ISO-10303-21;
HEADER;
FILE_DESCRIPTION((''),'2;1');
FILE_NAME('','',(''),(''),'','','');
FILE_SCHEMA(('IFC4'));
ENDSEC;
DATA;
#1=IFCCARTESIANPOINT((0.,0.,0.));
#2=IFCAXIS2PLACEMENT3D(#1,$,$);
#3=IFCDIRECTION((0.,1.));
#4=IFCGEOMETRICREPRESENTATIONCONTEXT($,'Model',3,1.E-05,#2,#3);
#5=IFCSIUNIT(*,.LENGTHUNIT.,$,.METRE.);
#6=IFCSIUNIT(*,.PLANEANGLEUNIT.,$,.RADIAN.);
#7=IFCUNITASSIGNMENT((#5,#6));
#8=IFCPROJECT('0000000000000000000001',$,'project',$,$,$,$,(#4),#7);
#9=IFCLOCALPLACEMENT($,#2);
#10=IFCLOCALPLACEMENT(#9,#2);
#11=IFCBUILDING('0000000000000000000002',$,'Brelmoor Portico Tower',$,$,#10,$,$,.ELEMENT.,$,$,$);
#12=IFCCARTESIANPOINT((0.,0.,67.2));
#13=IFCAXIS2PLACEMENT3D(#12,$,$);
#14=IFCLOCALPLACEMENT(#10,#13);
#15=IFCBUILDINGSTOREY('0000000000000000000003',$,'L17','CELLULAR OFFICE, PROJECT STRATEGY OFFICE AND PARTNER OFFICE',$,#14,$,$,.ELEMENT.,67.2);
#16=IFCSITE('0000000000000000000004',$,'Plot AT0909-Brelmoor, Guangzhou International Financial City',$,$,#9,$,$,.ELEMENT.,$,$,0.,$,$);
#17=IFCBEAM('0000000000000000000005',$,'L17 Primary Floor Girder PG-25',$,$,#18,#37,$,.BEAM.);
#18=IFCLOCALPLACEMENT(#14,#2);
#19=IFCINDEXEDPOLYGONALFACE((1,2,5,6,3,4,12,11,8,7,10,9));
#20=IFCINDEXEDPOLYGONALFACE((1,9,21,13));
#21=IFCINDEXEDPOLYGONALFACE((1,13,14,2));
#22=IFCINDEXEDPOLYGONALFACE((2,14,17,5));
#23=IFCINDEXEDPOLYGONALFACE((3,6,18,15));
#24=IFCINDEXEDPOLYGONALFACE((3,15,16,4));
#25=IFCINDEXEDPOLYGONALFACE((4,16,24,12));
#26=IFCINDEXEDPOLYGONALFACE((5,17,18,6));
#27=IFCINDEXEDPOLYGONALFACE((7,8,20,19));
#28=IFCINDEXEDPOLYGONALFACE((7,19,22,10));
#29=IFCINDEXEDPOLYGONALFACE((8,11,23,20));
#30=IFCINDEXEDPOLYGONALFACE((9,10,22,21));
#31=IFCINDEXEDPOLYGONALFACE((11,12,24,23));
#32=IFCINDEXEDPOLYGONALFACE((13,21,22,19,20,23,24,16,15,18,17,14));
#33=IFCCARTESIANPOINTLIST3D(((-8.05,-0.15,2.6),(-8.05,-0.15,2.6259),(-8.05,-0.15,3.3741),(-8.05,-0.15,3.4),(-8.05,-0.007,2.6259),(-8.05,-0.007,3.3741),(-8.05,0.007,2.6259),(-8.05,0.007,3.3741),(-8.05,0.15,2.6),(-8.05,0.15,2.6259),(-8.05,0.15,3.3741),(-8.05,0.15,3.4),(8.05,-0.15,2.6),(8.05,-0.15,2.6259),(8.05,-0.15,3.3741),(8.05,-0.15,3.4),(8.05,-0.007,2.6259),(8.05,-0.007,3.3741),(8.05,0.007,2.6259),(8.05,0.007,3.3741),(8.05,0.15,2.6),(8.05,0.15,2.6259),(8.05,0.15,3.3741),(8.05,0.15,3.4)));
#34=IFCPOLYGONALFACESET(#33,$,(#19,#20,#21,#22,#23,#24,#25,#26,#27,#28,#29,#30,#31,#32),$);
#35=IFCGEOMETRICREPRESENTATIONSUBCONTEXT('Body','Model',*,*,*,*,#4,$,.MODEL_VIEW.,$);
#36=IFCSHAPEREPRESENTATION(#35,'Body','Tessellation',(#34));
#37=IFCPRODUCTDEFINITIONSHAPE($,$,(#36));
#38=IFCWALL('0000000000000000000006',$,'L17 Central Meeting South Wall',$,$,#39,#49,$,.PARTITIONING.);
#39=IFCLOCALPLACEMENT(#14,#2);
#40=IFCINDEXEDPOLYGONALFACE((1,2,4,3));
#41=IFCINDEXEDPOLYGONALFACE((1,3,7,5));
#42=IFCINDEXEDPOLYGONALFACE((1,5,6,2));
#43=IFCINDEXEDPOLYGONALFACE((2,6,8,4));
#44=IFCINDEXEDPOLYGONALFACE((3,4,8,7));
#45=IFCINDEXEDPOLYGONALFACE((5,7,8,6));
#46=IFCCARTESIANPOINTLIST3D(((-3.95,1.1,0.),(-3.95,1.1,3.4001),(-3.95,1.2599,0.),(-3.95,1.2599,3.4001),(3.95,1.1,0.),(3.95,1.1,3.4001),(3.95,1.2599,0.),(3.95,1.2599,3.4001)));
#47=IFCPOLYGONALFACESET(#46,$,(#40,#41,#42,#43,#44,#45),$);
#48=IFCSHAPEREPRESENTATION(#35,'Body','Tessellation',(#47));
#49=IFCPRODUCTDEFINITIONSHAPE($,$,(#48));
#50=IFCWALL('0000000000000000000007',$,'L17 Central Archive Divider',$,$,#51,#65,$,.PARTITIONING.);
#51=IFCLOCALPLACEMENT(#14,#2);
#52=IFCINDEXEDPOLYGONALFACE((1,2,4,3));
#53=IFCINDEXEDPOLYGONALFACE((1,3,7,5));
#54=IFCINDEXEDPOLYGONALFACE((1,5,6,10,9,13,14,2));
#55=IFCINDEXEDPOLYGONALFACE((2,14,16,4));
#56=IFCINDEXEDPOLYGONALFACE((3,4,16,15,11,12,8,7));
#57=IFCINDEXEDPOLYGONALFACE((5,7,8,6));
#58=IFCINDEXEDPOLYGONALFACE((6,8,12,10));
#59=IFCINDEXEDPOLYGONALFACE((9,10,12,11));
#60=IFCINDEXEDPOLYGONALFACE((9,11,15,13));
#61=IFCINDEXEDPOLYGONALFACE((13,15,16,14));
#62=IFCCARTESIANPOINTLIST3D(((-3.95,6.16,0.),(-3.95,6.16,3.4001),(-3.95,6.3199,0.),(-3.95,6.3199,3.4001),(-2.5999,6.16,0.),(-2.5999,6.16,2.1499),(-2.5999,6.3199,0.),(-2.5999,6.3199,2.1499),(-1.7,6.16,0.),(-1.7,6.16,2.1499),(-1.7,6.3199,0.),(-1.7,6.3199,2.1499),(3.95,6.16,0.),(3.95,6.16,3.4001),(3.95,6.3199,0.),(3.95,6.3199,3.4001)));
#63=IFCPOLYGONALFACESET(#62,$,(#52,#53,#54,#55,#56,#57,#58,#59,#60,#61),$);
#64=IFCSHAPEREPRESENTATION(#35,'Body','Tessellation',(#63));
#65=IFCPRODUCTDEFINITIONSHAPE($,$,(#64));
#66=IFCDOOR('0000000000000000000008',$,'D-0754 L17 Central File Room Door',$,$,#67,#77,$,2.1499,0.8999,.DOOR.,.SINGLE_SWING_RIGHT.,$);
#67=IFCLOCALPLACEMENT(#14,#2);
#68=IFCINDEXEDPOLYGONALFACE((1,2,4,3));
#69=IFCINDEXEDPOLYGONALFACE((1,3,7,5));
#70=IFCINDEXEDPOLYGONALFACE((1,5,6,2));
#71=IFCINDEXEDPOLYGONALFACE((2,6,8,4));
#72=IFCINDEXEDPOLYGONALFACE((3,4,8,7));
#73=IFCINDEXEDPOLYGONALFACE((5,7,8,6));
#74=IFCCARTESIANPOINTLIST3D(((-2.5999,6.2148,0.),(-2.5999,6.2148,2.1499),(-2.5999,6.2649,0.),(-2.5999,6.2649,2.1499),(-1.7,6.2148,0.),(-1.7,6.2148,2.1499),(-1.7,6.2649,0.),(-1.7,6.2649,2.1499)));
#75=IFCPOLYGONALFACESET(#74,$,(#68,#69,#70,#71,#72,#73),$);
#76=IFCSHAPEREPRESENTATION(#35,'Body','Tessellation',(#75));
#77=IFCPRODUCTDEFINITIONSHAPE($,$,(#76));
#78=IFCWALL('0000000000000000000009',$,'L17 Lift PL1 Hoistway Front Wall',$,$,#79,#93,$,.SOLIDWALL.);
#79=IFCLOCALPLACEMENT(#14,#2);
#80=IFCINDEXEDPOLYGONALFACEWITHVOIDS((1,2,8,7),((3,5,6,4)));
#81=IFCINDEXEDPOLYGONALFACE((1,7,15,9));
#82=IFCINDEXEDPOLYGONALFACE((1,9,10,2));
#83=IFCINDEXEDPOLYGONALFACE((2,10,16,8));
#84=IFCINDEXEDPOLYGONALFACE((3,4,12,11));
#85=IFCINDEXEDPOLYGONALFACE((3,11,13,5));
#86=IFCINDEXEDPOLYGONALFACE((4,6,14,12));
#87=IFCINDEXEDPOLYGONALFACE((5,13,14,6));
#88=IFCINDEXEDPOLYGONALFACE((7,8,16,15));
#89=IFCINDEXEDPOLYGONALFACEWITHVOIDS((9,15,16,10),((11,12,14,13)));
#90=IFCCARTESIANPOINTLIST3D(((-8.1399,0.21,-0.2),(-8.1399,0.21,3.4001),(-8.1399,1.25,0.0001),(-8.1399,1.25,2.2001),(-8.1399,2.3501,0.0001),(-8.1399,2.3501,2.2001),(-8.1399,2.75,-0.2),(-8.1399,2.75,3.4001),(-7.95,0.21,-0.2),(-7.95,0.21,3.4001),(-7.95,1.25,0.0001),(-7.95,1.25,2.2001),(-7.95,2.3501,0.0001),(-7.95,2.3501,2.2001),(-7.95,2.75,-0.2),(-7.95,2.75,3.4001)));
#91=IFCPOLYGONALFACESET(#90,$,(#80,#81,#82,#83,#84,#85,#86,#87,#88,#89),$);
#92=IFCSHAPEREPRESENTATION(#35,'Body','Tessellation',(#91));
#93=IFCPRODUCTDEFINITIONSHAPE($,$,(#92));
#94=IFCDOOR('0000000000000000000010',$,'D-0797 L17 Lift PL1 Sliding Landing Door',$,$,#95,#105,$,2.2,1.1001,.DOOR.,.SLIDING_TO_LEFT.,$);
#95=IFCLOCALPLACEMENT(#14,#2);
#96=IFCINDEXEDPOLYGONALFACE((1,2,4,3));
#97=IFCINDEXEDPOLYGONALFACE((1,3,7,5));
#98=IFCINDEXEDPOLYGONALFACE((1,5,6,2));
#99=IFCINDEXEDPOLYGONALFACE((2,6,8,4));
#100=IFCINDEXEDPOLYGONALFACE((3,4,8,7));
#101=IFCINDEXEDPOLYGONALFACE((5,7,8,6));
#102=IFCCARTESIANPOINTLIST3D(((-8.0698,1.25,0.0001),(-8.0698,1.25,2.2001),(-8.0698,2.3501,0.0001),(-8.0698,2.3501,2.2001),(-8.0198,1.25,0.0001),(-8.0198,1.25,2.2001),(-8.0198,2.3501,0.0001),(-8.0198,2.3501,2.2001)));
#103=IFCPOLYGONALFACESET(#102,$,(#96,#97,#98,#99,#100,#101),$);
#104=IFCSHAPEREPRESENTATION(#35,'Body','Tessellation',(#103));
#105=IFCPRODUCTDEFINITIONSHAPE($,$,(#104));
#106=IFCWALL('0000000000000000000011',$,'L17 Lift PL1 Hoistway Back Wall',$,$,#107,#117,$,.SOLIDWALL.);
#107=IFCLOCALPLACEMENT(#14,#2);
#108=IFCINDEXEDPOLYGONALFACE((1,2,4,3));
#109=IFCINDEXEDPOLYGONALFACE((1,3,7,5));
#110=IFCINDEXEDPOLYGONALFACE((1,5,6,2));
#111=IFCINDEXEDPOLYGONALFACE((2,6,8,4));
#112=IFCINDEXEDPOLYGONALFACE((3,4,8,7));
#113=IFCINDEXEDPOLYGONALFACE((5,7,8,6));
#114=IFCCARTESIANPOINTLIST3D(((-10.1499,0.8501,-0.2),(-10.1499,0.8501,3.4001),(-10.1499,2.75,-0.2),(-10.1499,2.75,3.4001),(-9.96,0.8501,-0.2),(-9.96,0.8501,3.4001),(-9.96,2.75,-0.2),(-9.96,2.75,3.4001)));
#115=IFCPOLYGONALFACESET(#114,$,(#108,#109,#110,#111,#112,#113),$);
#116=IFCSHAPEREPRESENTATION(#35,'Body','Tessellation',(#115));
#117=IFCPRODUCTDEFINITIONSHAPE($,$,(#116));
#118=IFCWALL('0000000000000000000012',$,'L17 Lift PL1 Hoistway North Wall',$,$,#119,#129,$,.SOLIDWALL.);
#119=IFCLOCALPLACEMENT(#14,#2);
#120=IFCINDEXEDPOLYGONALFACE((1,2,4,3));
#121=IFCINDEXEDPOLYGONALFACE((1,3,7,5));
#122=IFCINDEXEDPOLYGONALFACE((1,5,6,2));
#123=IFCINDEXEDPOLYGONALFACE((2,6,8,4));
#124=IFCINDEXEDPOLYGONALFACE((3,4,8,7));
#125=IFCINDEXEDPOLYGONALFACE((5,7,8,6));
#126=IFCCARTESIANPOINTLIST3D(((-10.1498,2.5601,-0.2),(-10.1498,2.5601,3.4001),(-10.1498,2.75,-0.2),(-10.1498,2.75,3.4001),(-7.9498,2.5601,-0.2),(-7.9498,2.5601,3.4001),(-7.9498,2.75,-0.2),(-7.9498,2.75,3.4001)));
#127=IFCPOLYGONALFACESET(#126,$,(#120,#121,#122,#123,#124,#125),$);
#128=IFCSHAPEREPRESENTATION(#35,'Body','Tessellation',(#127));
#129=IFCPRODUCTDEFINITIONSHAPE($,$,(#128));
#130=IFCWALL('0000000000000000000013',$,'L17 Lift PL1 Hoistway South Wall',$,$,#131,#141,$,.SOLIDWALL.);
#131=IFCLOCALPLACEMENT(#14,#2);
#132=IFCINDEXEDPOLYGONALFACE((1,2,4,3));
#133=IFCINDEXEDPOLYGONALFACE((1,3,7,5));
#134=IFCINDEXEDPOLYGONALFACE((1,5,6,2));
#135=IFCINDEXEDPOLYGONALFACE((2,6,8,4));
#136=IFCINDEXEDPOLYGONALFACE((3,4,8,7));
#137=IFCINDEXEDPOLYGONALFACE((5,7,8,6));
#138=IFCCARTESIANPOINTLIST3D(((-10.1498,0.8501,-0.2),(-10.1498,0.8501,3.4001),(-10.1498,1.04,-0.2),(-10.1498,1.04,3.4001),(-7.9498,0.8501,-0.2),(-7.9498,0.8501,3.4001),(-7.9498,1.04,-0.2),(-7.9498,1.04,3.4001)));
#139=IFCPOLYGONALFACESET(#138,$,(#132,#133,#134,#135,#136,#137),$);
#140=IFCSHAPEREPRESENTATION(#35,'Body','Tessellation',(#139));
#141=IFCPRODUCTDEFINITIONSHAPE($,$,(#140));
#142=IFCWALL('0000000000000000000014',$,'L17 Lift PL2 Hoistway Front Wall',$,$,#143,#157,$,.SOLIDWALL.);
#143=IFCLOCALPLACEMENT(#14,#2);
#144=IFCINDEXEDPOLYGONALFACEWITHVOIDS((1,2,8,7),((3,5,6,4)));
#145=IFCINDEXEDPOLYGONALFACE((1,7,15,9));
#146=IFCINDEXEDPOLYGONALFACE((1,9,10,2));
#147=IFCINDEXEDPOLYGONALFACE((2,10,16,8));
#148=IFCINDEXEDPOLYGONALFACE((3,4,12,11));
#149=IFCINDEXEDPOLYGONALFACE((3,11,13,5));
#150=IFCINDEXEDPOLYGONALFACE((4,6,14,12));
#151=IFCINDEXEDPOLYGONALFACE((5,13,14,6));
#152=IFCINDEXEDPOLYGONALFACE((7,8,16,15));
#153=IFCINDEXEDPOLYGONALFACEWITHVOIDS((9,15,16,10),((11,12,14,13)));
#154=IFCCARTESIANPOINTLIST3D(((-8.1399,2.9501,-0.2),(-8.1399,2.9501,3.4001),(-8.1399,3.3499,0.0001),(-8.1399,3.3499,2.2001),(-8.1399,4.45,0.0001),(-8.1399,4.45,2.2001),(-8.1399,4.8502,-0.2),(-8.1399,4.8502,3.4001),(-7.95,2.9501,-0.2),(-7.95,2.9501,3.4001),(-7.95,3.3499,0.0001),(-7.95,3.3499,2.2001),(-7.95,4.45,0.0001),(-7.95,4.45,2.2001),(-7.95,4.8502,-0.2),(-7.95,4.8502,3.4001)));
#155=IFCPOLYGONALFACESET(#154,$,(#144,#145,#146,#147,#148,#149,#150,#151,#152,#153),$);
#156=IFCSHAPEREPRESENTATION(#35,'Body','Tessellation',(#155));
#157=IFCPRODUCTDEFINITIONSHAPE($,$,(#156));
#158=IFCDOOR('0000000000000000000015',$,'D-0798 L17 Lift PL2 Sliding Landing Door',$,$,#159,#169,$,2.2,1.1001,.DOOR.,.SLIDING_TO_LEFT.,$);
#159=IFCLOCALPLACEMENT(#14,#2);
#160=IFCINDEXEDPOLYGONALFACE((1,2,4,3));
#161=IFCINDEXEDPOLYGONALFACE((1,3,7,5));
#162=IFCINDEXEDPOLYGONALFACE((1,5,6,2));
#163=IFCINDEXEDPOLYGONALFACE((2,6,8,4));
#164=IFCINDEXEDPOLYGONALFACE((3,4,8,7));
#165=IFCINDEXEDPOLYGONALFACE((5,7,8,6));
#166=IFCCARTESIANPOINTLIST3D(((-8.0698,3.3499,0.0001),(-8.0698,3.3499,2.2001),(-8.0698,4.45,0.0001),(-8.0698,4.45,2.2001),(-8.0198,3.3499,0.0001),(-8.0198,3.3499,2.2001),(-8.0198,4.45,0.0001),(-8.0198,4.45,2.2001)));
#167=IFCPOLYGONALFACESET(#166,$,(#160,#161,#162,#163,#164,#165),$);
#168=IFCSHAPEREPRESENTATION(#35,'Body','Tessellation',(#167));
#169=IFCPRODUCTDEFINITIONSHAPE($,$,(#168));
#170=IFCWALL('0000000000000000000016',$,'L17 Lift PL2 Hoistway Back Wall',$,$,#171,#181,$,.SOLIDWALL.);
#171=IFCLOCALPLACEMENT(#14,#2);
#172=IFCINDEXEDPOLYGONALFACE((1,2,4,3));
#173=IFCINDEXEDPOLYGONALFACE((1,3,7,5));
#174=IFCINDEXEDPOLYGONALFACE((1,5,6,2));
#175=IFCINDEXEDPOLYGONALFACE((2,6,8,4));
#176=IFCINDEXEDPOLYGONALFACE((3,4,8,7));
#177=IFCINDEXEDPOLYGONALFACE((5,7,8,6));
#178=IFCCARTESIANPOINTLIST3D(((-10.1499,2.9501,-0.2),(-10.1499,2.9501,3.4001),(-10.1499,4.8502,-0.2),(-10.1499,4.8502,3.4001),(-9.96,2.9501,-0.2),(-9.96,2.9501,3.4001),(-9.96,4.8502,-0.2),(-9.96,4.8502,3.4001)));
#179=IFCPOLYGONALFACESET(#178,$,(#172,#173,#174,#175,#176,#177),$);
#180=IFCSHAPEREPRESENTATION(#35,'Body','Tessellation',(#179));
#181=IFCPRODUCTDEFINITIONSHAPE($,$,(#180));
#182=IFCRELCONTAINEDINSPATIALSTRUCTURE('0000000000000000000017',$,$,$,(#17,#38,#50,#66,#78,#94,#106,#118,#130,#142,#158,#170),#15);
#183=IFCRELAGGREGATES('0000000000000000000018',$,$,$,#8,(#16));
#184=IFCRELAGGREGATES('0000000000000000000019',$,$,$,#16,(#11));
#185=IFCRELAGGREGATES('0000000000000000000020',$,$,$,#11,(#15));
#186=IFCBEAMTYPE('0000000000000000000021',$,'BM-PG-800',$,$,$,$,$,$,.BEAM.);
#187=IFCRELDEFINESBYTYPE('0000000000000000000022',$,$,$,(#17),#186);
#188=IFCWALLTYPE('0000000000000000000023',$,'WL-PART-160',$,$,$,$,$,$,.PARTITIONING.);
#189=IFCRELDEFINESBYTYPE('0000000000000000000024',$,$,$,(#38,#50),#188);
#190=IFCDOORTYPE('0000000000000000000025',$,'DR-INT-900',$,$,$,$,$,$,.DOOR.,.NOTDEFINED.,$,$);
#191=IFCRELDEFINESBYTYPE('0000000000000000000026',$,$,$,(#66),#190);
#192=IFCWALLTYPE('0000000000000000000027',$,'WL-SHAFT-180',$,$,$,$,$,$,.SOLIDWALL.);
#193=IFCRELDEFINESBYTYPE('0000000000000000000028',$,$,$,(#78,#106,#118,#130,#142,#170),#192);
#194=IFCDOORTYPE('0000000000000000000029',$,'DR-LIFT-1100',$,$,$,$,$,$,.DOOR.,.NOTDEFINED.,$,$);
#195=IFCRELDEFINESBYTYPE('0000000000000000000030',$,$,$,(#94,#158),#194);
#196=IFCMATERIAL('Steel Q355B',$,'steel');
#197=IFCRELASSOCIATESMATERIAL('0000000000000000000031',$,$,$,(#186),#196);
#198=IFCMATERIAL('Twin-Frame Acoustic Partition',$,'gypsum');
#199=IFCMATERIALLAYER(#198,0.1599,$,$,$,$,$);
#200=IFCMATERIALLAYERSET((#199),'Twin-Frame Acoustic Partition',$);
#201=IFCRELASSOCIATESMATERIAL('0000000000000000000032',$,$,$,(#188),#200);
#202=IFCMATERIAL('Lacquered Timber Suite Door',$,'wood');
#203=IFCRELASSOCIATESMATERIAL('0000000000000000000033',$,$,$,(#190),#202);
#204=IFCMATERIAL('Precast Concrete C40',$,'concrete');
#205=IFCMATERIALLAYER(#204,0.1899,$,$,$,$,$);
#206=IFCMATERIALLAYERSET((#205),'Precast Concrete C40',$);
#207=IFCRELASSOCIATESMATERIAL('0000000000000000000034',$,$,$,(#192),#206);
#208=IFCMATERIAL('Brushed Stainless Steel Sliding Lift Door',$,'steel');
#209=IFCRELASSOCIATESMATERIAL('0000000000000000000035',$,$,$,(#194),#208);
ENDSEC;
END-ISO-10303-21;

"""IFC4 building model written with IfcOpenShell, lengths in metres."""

from ifc_helpers import new_model, si_unit, direction, frame, frame_2d, origin, origin_2d, place, context, subcontext, project, spatial, rectangle, i_section, extrude, material, layer, layer_set, material_profile, profile_set, type_object, element, fill, save


model = new_model("IFC4")

# Units and contexts
model_context = context("Model", 3, precision=1e-05, world=origin(), true_north=direction((0.0, 1.0)))
body_context = subcontext(model_context, "Body", "Model", "MODEL_VIEW")
ifc_project = project(units=[si_unit("LENGTHUNIT", "METRE"), si_unit("PLANEANGLEUNIT", "RADIAN")], contexts=[model_context])

# Site, building, storey
site_placement = place(None, origin())
site = spatial("IfcSite", under=ifc_project, at=site_placement, Name="Plot AT0909-Brelmoor, Guangzhou International Financial City", CompositionType="ELEMENT", RefElevation=0.0)
building_placement = place(site_placement, origin())
building = spatial("IfcBuilding", under=site, at=building_placement, Name="Brelmoor Portico Tower", CompositionType="ELEMENT")
storey_placement = place(building_placement, frame((0.0, 0.0, 67.2)))
storey = spatial("IfcBuildingStorey", under=building, at=storey_placement, Name="L17", Description="CELLULAR OFFICE, PROJECT STRATEGY OFFICE AND PARTNER OFFICE", CompositionType="ELEMENT", Elevation=67.2)

# Beam
ifc_material_1 = material(Name="Steel Q355B", Category="steel")
ifc_material_profile = material_profile(ifc_material_1, i_section(OverallWidth=0.3, OverallDepth=0.8, WebThickness=0.0139, FlangeThickness=0.0259, at=origin_2d()), Name="HN 800x300x14x26")
ifc_profile_set = profile_set([ifc_material_profile], Name="Steel Q355B")
beam_type = type_object("IfcBeamType", Name="BM-PG-800", PredefinedType="BEAM", material=ifc_profile_set)
beam_placement = place(storey_placement, frame((-8.05, 0.0, 3.0), z_axis=(1.0, 0.0, 0.0), x_axis=(0.0, 1.0, 0.0)))
element("IfcBeam", 1, at=beam_placement, inside=storey, type_object=beam_type, Name="L17 Primary Floor Girder PG-25", PredefinedType="BEAM", context=body_context, shape_type="SweptSolid", body=[
    extrude(i_section(OverallWidth=0.3, OverallDepth=0.8, WebThickness=0.0139, FlangeThickness=0.0259, at=origin_2d()), origin(), (0.0, 0.0, 1.0), 16.1001),
])

# Wall
ifc_material_2 = material(Name="Twin-Frame Acoustic Partition", Category="gypsum")
ifc_layer_1 = layer(ifc_material_2, 0.1599)
ifc_layer_set_1 = layer_set([ifc_layer_1], Name="Twin-Frame Acoustic Partition")
wall_type_1 = type_object("IfcWallType", Name="WL-PART-160", PredefinedType="PARTITIONING", material=ifc_layer_set_1)
wall_1_placement = place(storey_placement, frame((-3.95, 1.1799, 0.0), z_axis=(0.0, 0.0, 1.0), x_axis=(1.0, 0.0, 0.0)))
element("IfcWall", 2, at=wall_1_placement, inside=storey, type_object=wall_type_1, Name="L17 Central Meeting South Wall", PredefinedType="PARTITIONING", context=body_context, shape_type="SweptSolid", body=[
    extrude(rectangle(XDim=7.8999, YDim=0.1599, at=frame_2d((3.95, 0.0))), origin(), (0.0, 0.0, 1.0), 3.4001),
])

# Walls, openings, doors
wall_2_placement = place(storey_placement, frame((-3.95, 6.24, 0.0), z_axis=(0.0, 0.0, 1.0), x_axis=(1.0, 0.0, 0.0)))
wall_2 = element("IfcWall", 3, at=wall_2_placement, inside=storey, type_object=wall_type_1, Name="L17 Central Archive Divider", PredefinedType="PARTITIONING", context=body_context, shape_type="SweptSolid", body=[
    extrude(rectangle(XDim=7.8999, YDim=0.1599, at=frame_2d((3.95, 0.0))), origin(), (0.0, 0.0, 1.0), 3.4001),
])
opening_1_placement = place(wall_2_placement, frame((1.3501, 0.0, 0.0)))
opening_1 = element("IfcOpeningElement", 4, at=opening_1_placement, cuts=wall_2, PredefinedType="OPENING", context=body_context, shape_type="SweptSolid", body=[
    extrude(rectangle(XDim=0.8999, YDim=2.1499, at=frame_2d((0.45, 1.075))), frame((0.0, 0.0898, 0.0), z_axis=(0.0, -1.0, 0.0), x_axis=(1.0, 0.0, 0.0)), (0.0, 0.0, 1.0), 0.1799),
])
ifc_material_3 = material(Name="Lacquered Timber Suite Door", Category="wood")
door_type_1 = type_object("IfcDoorType", Name="DR-INT-900", OperationType="NOTDEFINED", PredefinedType="DOOR", material=ifc_material_3)
door_1_placement = place(opening_1_placement, origin())
door_1 = element("IfcDoor", 5, at=door_1_placement, inside=storey, type_object=door_type_1, Name="D-0754 L17 Central File Room Door", OperationType="SINGLE_SWING_RIGHT", OverallHeight=2.1499, OverallWidth=0.8999, PredefinedType="DOOR", context=body_context, shape_type="SweptSolid", body=[
    extrude(rectangle(XDim=0.8999, YDim=2.1499, at=frame_2d((0.45, 1.075))), frame((0.0, 0.0249, 0.0), z_axis=(0.0, -1.0, 0.0), x_axis=(1.0, 0.0, 0.0)), (0.0, 0.0, 1.0), 0.05),
])
fill(opening_1, door_1)
ifc_material_4 = material(Name="Precast Concrete C40", Category="concrete")
ifc_layer_2 = layer(ifc_material_4, 0.1899)
ifc_layer_set_2 = layer_set([ifc_layer_2], Name="Precast Concrete C40")
wall_type_2 = type_object("IfcWallType", Name="WL-SHAFT-180", PredefinedType="SOLIDWALL", material=ifc_layer_set_2)
wall_3_placement = place(storey_placement, frame((-8.0449, 0.21, -0.2), z_axis=(0.0, 0.0, 1.0), x_axis=(0.0, 1.0, 0.0)))
wall_3 = element("IfcWall", 6, at=wall_3_placement, inside=storey, type_object=wall_type_2, Name="L17 Lift PL1 Hoistway Front Wall", PredefinedType="SOLIDWALL", context=body_context, shape_type="SweptSolid", body=[
    extrude(rectangle(XDim=2.54, YDim=0.1899, at=frame_2d((1.27, 0.0))), origin(), (0.0, 0.0, 1.0), 3.6001),
])
opening_2_placement = place(wall_3_placement, frame((1.04, 0.0, 0.2)))
opening_2 = element("IfcOpeningElement", 7, at=opening_2_placement, cuts=wall_3, PredefinedType="OPENING", context=body_context, shape_type="SweptSolid", body=[
    extrude(rectangle(XDim=1.1001, YDim=2.2, at=frame_2d((0.55, 1.1001))), frame((0.0, 0.105, 0.0), z_axis=(0.0, -1.0, 0.0), x_axis=(1.0, 0.0, 0.0)), (0.0, 0.0, 1.0), 0.21),
])
ifc_material_5 = material(Name="Brushed Stainless Steel Sliding Lift Door", Category="steel")
door_type_2 = type_object("IfcDoorType", Name="DR-LIFT-1100", OperationType="NOTDEFINED", PredefinedType="DOOR", material=ifc_material_5)
door_2_placement = place(opening_2_placement, origin())
door_2 = element("IfcDoor", 8, at=door_2_placement, inside=storey, type_object=door_type_2, Name="D-0797 L17 Lift PL1 Sliding Landing Door", OperationType="SLIDING_TO_LEFT", OverallHeight=2.2, OverallWidth=1.1001, PredefinedType="DOOR", context=body_context, shape_type="SweptSolid", body=[
    extrude(rectangle(XDim=1.1001, YDim=2.2, at=frame_2d((0.55, 1.1001))), frame((0.0, 0.0249, 0.0), z_axis=(0.0, -1.0, 0.0), x_axis=(1.0, 0.0, 0.0)), (0.0, 0.0, 1.0), 0.05),
])
fill(opening_2, door_2)

# Walls
wall_4_placement = place(storey_placement, frame((-10.0549, 0.8501, -0.2), z_axis=(0.0, 0.0, 1.0), x_axis=(0.0, 1.0, 0.0)))
element("IfcWall", 9, at=wall_4_placement, inside=storey, type_object=wall_type_2, Name="L17 Lift PL1 Hoistway Back Wall", PredefinedType="SOLIDWALL", context=body_context, shape_type="SweptSolid", body=[
    extrude(rectangle(XDim=1.8999, YDim=0.1899, at=frame_2d((0.95, 0.0))), origin(), (0.0, 0.0, 1.0), 3.6001),
])
for number, where, z_axis, x_axis, name in (
    (10, (-10.1499, 2.655, -0.2), (0.0, 0.0, 1.0), (1.0, 0.0, 0.0), "L17 Lift PL1 Hoistway North Wall"),
    (11, (-10.1499, 0.9451, -0.2), (0.0, 0.0, 1.0), (1.0, 0.0, 0.0), "L17 Lift PL1 Hoistway South Wall"),
):
    element("IfcWall", number, at=place(storey_placement, frame(where, z_axis=z_axis, x_axis=x_axis)), inside=storey, type_object=wall_type_2, Name=name, PredefinedType="SOLIDWALL", context=body_context, shape_type="SweptSolid", body=[
        extrude(rectangle(XDim=2.2, YDim=0.1899, at=frame_2d((1.1001, 0.0))), origin(), (0.0, 0.0, 1.0), 3.6001),
    ])

# Wall, opening, door
wall_5_placement = place(storey_placement, frame((-8.0449, 2.95, -0.2), z_axis=(0.0, 0.0, 1.0), x_axis=(0.0, 1.0, 0.0)))
wall_5 = element("IfcWall", 12, at=wall_5_placement, inside=storey, type_object=wall_type_2, Name="L17 Lift PL2 Hoistway Front Wall", PredefinedType="SOLIDWALL", context=body_context, shape_type="SweptSolid", body=[
    extrude(rectangle(XDim=1.9001, YDim=0.1899, at=frame_2d((0.9502, 0.0))), origin(), (0.0, 0.0, 1.0), 3.6001),
])
opening_3_placement = place(wall_5_placement, frame((0.3999, 0.0, 0.2)))
opening_3 = element("IfcOpeningElement", 13, at=opening_3_placement, cuts=wall_5, PredefinedType="OPENING", context=body_context, shape_type="SweptSolid", body=[
    extrude(rectangle(XDim=1.1001, YDim=2.2, at=frame_2d((0.55, 1.1001))), frame((0.0, 0.105, 0.0), z_axis=(0.0, -1.0, 0.0), x_axis=(1.0, 0.0, 0.0)), (0.0, 0.0, 1.0), 0.21),
])
door_3_placement = place(opening_3_placement, origin())
door_3 = element("IfcDoor", 14, at=door_3_placement, inside=storey, type_object=door_type_2, Name="D-0798 L17 Lift PL2 Sliding Landing Door", OperationType="SLIDING_TO_LEFT", OverallHeight=2.2, OverallWidth=1.1001, PredefinedType="DOOR", context=body_context, shape_type="SweptSolid", body=[
    extrude(rectangle(XDim=1.1001, YDim=2.2, at=frame_2d((0.55, 1.1001))), frame((0.0, 0.0249, 0.0), z_axis=(0.0, -1.0, 0.0), x_axis=(1.0, 0.0, 0.0)), (0.0, 0.0, 1.0), 0.05),
])
fill(opening_3, door_3)

# Wall
wall_6_placement = place(storey_placement, frame((-10.0549, 2.95, -0.2), z_axis=(0.0, 0.0, 1.0), x_axis=(0.0, 1.0, 0.0)))
element("IfcWall", 15, at=wall_6_placement, inside=storey, type_object=wall_type_2, Name="L17 Lift PL2 Hoistway Back Wall", PredefinedType="SOLIDWALL", context=body_context, shape_type="SweptSolid", body=[
    extrude(rectangle(XDim=1.9001, YDim=0.1899, at=frame_2d((0.9502, 0.0))), origin(), (0.0, 0.0, 1.0), 3.6001),
])

save(model, "model.ifc")
